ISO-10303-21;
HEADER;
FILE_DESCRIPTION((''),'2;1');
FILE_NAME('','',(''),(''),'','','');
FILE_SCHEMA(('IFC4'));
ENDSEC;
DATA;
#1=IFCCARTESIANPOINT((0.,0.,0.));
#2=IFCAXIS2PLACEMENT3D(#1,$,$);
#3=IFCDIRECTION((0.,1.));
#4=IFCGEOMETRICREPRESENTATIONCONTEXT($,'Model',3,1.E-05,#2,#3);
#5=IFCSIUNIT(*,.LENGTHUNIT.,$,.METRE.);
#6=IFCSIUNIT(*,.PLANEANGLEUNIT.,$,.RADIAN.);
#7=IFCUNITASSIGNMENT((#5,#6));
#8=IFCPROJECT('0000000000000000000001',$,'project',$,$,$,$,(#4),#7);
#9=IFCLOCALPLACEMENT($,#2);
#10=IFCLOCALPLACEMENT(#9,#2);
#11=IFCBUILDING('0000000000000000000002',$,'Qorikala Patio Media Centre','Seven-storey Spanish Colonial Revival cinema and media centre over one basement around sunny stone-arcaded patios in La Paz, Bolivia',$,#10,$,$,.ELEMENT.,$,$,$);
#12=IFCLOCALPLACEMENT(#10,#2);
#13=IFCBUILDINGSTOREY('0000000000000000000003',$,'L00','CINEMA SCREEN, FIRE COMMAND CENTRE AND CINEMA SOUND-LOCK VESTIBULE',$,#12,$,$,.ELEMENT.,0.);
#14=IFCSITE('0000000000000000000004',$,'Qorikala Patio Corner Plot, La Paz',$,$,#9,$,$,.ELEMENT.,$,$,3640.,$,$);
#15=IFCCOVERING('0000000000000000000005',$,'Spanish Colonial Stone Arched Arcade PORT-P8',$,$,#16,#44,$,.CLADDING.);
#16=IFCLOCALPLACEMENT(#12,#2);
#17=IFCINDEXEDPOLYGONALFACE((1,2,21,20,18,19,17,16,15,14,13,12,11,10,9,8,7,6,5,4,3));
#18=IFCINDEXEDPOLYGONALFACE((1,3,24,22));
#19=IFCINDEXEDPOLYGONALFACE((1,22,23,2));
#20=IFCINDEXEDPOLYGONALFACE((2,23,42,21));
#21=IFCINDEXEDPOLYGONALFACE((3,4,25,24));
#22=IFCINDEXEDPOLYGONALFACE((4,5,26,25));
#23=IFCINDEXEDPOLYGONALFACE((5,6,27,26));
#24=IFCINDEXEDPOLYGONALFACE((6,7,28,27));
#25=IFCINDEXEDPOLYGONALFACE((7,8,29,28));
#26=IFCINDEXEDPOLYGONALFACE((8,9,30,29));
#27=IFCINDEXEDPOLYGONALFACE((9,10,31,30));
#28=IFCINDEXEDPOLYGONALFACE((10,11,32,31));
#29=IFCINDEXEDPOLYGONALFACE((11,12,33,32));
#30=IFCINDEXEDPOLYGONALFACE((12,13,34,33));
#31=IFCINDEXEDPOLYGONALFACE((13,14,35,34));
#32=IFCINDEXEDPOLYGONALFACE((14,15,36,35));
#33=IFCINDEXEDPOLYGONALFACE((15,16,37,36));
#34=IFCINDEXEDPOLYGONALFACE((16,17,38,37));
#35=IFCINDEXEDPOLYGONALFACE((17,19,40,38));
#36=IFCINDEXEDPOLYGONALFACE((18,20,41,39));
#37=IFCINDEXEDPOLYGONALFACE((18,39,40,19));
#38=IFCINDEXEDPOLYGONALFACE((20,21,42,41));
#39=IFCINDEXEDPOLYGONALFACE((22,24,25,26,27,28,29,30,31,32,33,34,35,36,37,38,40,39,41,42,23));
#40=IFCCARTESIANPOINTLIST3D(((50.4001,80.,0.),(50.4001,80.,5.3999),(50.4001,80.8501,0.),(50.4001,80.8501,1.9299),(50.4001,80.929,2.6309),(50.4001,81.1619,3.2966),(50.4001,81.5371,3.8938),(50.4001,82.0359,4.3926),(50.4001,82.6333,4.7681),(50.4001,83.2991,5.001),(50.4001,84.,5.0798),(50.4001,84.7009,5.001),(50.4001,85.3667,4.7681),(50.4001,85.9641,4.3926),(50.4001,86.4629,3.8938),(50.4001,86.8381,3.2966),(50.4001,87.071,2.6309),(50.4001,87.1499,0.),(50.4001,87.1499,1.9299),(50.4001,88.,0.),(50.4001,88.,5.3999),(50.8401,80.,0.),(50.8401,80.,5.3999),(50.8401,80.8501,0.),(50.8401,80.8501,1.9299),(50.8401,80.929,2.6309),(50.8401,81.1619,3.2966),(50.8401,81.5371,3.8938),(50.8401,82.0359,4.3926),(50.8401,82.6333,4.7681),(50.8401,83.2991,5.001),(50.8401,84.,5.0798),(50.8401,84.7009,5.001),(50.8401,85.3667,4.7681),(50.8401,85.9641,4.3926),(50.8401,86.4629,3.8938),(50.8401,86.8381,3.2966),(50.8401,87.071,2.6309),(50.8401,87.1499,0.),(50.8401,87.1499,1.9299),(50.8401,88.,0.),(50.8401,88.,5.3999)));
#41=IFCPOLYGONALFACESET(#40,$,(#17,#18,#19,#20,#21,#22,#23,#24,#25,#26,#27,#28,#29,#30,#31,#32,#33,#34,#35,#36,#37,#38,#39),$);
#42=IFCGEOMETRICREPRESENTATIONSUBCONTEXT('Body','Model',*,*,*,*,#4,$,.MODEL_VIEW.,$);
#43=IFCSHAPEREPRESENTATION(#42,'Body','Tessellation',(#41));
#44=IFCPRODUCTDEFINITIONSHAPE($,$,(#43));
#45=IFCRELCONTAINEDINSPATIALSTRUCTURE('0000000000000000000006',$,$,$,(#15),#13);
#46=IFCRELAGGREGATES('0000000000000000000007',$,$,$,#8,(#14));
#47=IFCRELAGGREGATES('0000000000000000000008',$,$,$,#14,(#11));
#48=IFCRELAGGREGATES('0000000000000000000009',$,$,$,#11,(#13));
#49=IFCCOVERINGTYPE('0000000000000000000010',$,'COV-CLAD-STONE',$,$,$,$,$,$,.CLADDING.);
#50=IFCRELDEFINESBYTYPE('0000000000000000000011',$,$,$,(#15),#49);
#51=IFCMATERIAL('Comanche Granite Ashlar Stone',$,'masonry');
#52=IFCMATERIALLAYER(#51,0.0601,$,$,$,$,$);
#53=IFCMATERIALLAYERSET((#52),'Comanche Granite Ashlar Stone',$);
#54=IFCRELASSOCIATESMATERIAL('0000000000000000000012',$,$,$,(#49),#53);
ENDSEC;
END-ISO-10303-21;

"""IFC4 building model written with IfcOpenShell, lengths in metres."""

from ifc_helpers import new_model, si_unit, direction, frame, origin, place, context, subcontext, project, spatial, polyline, outline, extrude, material, layer, layer_set, type_object, element, save


model = new_model("IFC4")

# Units and contexts
model_context = context("Model", 3, precision=1e-05, world=origin(), true_north=direction((0.0, 1.0)))
body_context = subcontext(model_context, "Body", "Model", "MODEL_VIEW")
ifc_project = project(units=[si_unit("LENGTHUNIT", "METRE"), si_unit("PLANEANGLEUNIT", "RADIAN")], contexts=[model_context])

# Site, building, storey
site_placement = place(None, origin())
site = spatial("IfcSite", under=ifc_project, at=site_placement, Name="Qorikala Patio Corner Plot, La Paz", CompositionType="ELEMENT", RefElevation=3640.0)
building_placement = place(site_placement, origin())
building = spatial("IfcBuilding", under=site, at=building_placement, Name="Qorikala Patio Media Centre", Description="Seven-storey Spanish Colonial Revival cinema and media centre over one basement around sunny stone-arcaded patios in La Paz, Bolivia", CompositionType="ELEMENT")
storey_placement = place(building_placement, origin())
storey = spatial("IfcBuildingStorey", under=building, at=storey_placement, Name="L00", Description="CINEMA SCREEN, FIRE COMMAND CENTRE AND CINEMA SOUND-LOCK VESTIBULE", CompositionType="ELEMENT", Elevation=0.0)

# Covering
ifc_material_1 = material(Name="Comanche Granite Ashlar Stone", Category="masonry")
ifc_layer_1 = layer(ifc_material_1, 0.0601)
ifc_layer_set_1 = layer_set([ifc_layer_1], Name="Comanche Granite Ashlar Stone")
covering_type = type_object("IfcCoveringType", Name="COV-CLAD-STONE", PredefinedType="CLADDING", material=ifc_layer_set_1)
for number, where, z_axis, x_axis, name in (
    (1, (50.6201, 80.0, 0.0), (0.0, 0.0, 1.0), (0.0, 1.0, 0.0), "Spanish Colonial Stone Arched Arcade PORT-P8"),
):
    element("IfcCovering", number, at=place(storey_placement, frame(where, z_axis=z_axis, x_axis=x_axis)), inside=storey, type_object=covering_type, Name=name, PredefinedType="CLADDING", context=body_context, shape_type="SweptSolid", body=[
        extrude(outline(polyline([(0.0, 0.0), (0.8501, 0.0), (0.8501, 1.9299), (0.929, 2.6309), (1.1619, 3.2966), (1.5371, 3.8938), (2.0359, 4.3926), (2.6333, 4.7681), (3.2991, 5.001), (4.0, 5.0798), (4.7009, 5.001), (5.3667, 4.7681), (5.9641, 4.3926), (6.4629, 3.8938), (6.8381, 3.2966), (7.071, 2.6309), (7.1499, 1.9299), (7.1499, 0.0), (8.0, 0.0), (8.0, 5.3999), (0.0, 5.3999), (0.0, 0.0)])), frame((0.0, 0.22, 0.0), z_axis=(0.0, -1.0, 0.0), x_axis=(1.0, 0.0, 0.0)), (0.0, 0.0, 1.0), 0.4399),
    ])

save(model, "model.ifc")
